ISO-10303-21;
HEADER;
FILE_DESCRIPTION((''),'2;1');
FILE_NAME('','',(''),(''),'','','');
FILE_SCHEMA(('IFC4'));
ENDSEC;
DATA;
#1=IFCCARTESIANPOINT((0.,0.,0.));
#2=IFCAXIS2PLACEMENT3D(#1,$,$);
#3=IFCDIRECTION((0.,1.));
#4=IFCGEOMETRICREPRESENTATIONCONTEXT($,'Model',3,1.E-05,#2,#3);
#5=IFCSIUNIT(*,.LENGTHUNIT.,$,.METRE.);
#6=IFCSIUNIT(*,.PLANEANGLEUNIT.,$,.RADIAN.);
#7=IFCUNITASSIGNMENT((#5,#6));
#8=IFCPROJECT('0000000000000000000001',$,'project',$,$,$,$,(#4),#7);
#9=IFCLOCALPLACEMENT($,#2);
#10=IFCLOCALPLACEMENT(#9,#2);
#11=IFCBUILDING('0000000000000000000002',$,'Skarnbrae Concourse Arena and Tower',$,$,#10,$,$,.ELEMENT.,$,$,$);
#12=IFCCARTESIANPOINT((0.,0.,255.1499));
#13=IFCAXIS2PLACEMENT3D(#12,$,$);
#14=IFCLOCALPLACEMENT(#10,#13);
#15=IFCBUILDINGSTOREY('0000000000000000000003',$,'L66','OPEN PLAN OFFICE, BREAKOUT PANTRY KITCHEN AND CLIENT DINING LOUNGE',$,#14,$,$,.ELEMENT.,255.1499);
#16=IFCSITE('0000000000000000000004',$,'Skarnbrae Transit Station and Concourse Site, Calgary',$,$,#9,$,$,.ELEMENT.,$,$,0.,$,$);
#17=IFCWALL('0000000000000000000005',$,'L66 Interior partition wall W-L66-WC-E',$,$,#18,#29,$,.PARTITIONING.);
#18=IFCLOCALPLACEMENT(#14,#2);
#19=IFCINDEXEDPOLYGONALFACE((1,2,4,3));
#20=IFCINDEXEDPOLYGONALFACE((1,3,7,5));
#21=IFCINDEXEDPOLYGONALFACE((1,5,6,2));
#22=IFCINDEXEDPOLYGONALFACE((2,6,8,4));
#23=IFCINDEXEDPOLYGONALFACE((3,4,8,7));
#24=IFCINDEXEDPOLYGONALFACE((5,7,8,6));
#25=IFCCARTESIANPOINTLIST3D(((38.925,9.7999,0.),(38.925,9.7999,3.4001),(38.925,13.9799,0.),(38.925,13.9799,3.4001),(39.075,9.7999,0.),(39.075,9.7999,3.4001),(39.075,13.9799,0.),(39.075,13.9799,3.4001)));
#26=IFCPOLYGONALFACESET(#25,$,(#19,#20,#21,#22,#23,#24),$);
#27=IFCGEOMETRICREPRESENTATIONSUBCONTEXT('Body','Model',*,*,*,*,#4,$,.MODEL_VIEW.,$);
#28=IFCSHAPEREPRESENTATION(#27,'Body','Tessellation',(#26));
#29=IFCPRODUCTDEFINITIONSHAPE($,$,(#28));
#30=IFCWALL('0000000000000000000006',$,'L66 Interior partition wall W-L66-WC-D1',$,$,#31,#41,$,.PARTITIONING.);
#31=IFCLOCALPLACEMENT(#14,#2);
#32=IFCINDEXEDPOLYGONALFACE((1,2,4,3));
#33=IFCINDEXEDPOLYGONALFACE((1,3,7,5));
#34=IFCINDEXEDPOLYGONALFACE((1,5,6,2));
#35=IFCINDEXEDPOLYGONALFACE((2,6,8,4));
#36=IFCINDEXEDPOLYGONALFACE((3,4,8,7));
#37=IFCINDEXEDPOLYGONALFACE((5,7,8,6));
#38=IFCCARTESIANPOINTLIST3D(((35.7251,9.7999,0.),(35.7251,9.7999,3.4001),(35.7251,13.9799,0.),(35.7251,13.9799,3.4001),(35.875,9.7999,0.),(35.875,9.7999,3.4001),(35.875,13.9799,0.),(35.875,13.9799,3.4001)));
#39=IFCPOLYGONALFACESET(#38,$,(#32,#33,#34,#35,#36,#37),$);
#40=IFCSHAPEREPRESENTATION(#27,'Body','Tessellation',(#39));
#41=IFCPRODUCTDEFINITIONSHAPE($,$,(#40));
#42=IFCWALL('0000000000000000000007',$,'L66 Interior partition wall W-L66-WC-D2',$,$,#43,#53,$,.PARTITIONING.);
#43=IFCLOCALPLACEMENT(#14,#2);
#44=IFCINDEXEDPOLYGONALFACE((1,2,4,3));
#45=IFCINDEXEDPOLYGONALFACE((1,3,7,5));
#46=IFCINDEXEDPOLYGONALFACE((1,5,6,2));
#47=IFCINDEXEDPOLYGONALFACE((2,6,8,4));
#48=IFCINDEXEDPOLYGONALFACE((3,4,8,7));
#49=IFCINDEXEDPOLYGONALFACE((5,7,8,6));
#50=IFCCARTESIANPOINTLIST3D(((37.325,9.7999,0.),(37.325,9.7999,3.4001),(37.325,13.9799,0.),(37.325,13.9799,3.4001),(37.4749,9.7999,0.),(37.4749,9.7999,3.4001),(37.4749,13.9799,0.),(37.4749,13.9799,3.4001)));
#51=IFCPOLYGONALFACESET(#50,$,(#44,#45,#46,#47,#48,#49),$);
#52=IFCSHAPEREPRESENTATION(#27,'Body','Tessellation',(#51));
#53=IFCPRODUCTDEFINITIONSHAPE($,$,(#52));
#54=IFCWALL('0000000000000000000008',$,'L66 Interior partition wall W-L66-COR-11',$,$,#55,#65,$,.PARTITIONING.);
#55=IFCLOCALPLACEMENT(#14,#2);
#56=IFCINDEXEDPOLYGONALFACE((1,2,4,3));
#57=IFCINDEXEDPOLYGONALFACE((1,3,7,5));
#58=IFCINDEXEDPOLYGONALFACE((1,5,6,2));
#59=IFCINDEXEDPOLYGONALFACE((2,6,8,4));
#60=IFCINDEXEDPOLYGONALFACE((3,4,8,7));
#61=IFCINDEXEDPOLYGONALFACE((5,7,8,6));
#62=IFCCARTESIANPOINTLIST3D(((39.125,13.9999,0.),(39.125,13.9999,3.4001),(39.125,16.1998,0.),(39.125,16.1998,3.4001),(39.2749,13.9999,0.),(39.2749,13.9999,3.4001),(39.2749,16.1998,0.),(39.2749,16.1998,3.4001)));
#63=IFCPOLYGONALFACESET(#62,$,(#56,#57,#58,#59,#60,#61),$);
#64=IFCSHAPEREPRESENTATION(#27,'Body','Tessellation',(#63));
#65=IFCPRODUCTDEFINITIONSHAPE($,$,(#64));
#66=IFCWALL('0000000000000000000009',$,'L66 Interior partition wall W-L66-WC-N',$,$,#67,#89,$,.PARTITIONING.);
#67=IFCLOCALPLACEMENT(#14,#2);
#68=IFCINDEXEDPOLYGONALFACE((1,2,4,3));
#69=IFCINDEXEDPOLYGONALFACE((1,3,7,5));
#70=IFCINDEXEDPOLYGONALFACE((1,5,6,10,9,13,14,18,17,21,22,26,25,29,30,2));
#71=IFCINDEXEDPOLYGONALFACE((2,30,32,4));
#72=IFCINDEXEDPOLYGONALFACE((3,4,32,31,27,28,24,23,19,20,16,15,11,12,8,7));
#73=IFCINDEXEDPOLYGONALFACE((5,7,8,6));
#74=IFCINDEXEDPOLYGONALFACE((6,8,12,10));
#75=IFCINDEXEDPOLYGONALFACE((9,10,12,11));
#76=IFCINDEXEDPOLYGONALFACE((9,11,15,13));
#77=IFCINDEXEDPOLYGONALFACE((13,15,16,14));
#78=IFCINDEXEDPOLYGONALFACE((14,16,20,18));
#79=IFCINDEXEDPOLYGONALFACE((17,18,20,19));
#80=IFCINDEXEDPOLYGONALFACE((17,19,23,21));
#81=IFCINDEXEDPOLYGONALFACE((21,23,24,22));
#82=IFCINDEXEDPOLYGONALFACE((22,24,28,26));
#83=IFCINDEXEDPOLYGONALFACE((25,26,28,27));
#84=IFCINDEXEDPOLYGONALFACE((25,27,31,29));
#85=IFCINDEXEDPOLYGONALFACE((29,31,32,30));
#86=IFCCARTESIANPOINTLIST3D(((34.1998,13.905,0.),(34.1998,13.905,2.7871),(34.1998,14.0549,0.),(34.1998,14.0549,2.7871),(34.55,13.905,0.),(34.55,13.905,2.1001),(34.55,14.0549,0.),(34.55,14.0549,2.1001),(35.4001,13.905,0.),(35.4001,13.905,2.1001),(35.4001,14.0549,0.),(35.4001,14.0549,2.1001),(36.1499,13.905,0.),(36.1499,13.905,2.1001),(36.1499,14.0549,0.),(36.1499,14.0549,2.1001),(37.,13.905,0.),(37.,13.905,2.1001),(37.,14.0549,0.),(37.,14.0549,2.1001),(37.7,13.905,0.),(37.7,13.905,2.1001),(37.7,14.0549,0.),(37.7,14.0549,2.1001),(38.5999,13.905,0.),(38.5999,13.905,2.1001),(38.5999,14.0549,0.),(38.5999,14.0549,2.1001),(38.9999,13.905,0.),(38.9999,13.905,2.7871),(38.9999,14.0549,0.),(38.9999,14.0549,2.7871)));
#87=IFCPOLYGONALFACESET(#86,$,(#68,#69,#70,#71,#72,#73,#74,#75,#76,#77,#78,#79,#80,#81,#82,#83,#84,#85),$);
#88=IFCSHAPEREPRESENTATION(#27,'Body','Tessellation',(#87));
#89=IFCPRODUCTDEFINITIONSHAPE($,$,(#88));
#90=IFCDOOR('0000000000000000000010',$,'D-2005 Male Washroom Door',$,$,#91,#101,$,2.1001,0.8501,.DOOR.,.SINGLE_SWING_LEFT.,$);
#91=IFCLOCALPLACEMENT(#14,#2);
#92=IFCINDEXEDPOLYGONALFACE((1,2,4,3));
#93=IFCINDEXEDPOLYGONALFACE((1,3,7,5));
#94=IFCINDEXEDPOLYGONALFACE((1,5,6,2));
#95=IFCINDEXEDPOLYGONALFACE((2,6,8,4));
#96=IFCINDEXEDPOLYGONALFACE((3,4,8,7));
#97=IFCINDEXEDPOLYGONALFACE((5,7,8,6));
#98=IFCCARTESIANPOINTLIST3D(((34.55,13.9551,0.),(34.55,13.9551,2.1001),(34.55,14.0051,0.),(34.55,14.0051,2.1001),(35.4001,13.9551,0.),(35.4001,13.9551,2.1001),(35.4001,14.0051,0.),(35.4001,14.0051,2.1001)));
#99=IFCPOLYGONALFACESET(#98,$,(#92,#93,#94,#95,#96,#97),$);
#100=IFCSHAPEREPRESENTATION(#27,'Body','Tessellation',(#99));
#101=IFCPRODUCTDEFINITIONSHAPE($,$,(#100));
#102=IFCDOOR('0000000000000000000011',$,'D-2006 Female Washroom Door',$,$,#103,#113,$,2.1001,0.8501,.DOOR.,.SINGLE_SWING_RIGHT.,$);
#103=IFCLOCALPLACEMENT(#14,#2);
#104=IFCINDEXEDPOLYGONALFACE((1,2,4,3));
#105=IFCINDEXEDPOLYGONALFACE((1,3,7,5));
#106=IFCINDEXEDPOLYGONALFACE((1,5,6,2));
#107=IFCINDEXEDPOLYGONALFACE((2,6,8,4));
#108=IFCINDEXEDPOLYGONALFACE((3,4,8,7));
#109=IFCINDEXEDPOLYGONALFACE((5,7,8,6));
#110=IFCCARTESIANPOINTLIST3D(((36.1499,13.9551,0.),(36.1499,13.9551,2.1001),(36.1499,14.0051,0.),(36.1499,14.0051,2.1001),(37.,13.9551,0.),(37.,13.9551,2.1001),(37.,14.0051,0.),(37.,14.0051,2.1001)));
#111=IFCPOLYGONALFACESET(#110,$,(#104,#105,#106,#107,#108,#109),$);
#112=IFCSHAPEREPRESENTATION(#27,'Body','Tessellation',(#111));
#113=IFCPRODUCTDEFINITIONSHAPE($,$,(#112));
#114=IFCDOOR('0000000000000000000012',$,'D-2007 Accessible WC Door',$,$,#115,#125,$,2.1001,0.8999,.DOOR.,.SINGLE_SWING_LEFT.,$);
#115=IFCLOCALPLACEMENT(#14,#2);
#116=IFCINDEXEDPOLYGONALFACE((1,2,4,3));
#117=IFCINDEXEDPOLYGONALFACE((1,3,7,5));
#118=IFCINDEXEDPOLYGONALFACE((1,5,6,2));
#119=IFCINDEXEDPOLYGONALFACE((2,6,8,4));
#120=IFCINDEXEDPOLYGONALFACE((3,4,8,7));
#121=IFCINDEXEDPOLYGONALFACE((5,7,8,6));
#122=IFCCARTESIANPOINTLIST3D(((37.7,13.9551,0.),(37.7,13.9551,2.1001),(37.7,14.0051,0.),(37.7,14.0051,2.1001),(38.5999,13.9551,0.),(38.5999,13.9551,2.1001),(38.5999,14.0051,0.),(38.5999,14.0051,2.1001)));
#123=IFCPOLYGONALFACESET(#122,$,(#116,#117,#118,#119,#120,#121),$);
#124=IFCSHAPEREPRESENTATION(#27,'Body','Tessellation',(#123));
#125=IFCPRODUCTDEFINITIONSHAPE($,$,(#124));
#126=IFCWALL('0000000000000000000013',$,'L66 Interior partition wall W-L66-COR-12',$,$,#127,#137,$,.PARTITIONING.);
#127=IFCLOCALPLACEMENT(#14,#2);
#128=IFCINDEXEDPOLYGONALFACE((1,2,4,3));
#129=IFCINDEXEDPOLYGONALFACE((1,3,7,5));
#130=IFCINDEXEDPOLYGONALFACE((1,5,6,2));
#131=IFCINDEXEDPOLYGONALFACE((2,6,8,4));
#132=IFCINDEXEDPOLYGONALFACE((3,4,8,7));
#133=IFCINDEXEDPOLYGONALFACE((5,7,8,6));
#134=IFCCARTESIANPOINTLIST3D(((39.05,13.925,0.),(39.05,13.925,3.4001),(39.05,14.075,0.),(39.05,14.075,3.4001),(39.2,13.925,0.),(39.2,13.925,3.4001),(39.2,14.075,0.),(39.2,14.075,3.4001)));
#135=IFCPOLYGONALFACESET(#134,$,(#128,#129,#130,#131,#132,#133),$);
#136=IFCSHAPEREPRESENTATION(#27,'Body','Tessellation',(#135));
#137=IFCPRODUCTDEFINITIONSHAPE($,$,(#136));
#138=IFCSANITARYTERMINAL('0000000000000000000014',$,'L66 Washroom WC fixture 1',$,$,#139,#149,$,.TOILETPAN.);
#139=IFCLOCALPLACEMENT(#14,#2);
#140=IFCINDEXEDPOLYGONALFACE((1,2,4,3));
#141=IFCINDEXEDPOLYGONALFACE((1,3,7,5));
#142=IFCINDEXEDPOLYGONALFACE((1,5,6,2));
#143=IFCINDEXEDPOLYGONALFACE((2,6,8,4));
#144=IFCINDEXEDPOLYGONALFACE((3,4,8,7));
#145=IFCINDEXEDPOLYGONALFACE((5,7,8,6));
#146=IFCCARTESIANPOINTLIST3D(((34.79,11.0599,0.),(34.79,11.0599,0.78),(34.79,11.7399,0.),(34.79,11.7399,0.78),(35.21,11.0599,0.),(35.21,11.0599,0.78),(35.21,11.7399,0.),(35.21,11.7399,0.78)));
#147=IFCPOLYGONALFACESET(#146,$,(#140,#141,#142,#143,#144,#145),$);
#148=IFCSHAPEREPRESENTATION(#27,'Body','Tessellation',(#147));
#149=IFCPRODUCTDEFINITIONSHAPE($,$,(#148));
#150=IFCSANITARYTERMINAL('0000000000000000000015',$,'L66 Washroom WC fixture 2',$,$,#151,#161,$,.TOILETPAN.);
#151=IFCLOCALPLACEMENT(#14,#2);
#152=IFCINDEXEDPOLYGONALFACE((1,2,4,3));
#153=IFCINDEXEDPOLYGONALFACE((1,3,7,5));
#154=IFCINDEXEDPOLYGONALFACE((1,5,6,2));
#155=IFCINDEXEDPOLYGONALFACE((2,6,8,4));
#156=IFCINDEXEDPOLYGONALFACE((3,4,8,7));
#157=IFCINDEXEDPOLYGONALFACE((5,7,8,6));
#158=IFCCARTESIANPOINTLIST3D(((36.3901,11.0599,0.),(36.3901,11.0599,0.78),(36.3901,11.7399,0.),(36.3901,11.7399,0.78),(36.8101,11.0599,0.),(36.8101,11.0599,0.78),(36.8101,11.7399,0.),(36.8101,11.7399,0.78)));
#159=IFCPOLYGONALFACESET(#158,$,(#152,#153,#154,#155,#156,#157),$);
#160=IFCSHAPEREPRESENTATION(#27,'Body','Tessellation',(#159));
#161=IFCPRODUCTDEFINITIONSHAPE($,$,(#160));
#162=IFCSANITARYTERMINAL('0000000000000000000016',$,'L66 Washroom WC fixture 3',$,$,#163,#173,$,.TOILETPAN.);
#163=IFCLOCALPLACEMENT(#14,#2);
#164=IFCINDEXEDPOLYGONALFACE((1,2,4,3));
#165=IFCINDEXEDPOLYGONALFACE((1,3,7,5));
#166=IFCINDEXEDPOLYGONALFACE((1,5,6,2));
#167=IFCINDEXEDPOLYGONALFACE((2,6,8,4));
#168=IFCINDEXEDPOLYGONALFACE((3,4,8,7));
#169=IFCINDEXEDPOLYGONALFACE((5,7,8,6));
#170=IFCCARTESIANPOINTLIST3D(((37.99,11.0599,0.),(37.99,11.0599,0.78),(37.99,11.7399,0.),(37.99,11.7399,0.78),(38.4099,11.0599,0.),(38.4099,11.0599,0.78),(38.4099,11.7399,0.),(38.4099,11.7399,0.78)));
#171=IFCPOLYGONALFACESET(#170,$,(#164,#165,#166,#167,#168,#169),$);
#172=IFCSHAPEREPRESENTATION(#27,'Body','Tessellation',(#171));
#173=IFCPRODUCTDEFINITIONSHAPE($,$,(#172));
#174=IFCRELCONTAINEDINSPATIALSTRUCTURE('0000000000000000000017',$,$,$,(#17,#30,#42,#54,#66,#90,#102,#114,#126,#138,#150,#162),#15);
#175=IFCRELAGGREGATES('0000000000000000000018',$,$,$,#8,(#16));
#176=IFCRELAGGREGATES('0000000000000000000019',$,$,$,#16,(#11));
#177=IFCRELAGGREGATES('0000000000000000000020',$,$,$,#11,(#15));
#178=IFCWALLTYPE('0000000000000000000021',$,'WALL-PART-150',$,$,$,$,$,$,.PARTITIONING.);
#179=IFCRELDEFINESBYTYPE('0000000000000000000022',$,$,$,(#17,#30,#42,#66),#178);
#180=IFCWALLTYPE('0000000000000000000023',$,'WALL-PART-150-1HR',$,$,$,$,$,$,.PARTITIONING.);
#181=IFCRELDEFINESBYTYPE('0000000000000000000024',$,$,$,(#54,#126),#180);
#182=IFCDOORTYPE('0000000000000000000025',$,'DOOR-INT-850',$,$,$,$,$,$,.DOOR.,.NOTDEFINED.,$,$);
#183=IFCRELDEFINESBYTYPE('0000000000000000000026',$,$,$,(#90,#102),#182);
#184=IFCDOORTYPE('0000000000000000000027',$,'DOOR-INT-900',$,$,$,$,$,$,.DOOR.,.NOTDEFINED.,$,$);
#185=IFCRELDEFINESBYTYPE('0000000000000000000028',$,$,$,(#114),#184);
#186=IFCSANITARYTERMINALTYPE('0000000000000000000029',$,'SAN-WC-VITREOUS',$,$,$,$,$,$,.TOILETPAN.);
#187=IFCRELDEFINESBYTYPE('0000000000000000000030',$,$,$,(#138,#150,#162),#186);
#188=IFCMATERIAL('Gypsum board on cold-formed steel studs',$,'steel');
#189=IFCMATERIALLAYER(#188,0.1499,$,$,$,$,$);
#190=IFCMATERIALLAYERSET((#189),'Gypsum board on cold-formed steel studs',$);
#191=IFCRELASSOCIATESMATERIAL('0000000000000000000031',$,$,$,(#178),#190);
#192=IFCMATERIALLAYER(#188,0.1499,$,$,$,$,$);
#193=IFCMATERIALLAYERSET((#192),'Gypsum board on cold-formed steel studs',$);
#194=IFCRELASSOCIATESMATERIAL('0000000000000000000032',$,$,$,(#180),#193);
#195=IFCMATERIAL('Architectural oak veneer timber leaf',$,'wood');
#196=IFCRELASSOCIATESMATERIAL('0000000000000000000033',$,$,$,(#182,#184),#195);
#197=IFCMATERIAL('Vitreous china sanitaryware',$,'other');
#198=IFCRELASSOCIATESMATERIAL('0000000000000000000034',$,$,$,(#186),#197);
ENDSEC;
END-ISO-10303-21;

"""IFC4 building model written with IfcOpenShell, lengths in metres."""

from ifc_helpers import new_model, si_unit, direction, frame, frame_2d, origin, origin_2d, place, context, subcontext, project, spatial, rectangle, extrude, source, transform, mapped, material, layer, layer_set, type_object, element, fill, save


model = new_model("IFC4")

# Units and contexts
model_context = context("Model", 3, precision=1e-05, world=origin(), true_north=direction((0.0, 1.0)))
body_context = subcontext(model_context, "Body", "Model", "MODEL_VIEW")
ifc_project = project(units=[si_unit("LENGTHUNIT", "METRE"), si_unit("PLANEANGLEUNIT", "RADIAN")], contexts=[model_context])

# Site, building, storey
site_placement = place(None, origin())
site = spatial("IfcSite", under=ifc_project, at=site_placement, Name="Skarnbrae Transit Station and Concourse Site, Calgary", CompositionType="ELEMENT", RefElevation=0.0)
building_placement = place(site_placement, origin())
building = spatial("IfcBuilding", under=site, at=building_placement, Name="Skarnbrae Concourse Arena and Tower", CompositionType="ELEMENT")
storey_placement = place(building_placement, frame((0.0, 0.0, 255.1499)))
storey = spatial("IfcBuildingStorey", under=building, at=storey_placement, Name="L66", Description="OPEN PLAN OFFICE, BREAKOUT PANTRY KITCHEN AND CLIENT DINING LOUNGE", CompositionType="ELEMENT", Elevation=255.1499)

# Walls
ifc_material_1 = material(Name="Gypsum board on cold-formed steel studs", Category="steel")
ifc_layer_1 = layer(ifc_material_1, 0.1499)
ifc_layer_set_1 = layer_set([ifc_layer_1], Name="Gypsum board on cold-formed steel studs")
wall_type_1 = type_object("IfcWallType", Name="WALL-PART-150", PredefinedType="PARTITIONING", material=ifc_layer_set_1)
shared_shape_1 = source(origin(), body_context, "Body", "SweptSolid", [
    extrude(rectangle(XDim=4.1799, YDim=0.1499, at=frame_2d((2.0898, 0.0))), origin(), (0.0, 0.0, 1.0), 3.4001),
])
for number, where, z_axis, x_axis, name in (
    (1, (39.0, 9.8, 0.0), (0.0, 0.0, 1.0), (0.0, 1.0, 0.0), "L66 Interior partition wall W-L66-WC-E"),
    (2, (35.8, 9.8, 0.0), (0.0, 0.0, 1.0), (0.0, 1.0, 0.0), "L66 Interior partition wall W-L66-WC-D1"),
    (3, (37.3999, 9.8, 0.0), (0.0, 0.0, 1.0), (0.0, 1.0, 0.0), "L66 Interior partition wall W-L66-WC-D2"),
):
    element("IfcWall", number, at=place(storey_placement, frame(where, z_axis=z_axis, x_axis=x_axis)), inside=storey, type_object=wall_type_1, Name=name, PredefinedType="PARTITIONING", context=body_context, shape_type="MappedRepresentation", body=[
        mapped(shared_shape_1, transform((0.0, 0.0, 0.0))),
    ])
ifc_layer_2 = layer(ifc_material_1, 0.1499)
ifc_layer_set_2 = layer_set([ifc_layer_2], Name="Gypsum board on cold-formed steel studs")
wall_type_2 = type_object("IfcWallType", Name="WALL-PART-150-1HR", PredefinedType="PARTITIONING", material=ifc_layer_set_2)
shared_shape_2 = source(origin(), body_context, "Body", "SweptSolid", [
    extrude(rectangle(XDim=2.2, YDim=0.1499, at=frame_2d((1.1001, 0.0))), origin(), (0.0, 0.0, 1.0), 3.4001),
])
wall_1_placement = place(storey_placement, frame((39.2, 16.2, 0.0), z_axis=(0.0, 0.0, 1.0), x_axis=(0.0, -1.0, 0.0)))
element("IfcWall", 4, at=wall_1_placement, inside=storey, type_object=wall_type_2, Name="L66 Interior partition wall W-L66-COR-11", PredefinedType="PARTITIONING", context=body_context, shape_type="MappedRepresentation", body=[
    mapped(shared_shape_2, transform((0.0, 0.0, 0.0))),
])

# Wall, openings, doors
shared_shape_3 = source(origin(), body_context, "Body", "SweptSolid", [
    extrude(rectangle(XDim=4.8, YDim=0.1499, at=frame_2d((2.3999, 0.0))), origin(), (0.0, 0.0, 1.0), 2.7871),
])
wall_2_placement = place(storey_placement, frame((34.2, 13.98, 0.0), z_axis=(0.0, 0.0, 1.0), x_axis=(1.0, 0.0, 0.0)))
wall_2 = element("IfcWall", 5, at=wall_2_placement, inside=storey, type_object=wall_type_1, Name="L66 Interior partition wall W-L66-WC-N", PredefinedType="PARTITIONING", context=body_context, shape_type="MappedRepresentation", body=[
    mapped(shared_shape_3, transform((0.0, 0.0, 0.0))),
])
opening_1_placement = place(wall_2_placement, frame((0.3501, 0.0, 0.0)))
opening_1 = element("IfcOpeningElement", 6, at=opening_1_placement, cuts=wall_2, PredefinedType="OPENING", context=body_context, shape_type="SweptSolid", body=[
    extrude(rectangle(XDim=0.8501, YDim=2.1001, at=frame_2d((0.425, 1.05))), frame((0.0, 0.085, 0.0), z_axis=(0.0, -1.0, 0.0), x_axis=(1.0, 0.0, 0.0)), (0.0, 0.0, 1.0), 0.1699),
])
opening_2_placement = place(wall_2_placement, frame((1.95, 0.0, 0.0)))
opening_2 = element("IfcOpeningElement", 7, at=opening_2_placement, cuts=wall_2, PredefinedType="OPENING", context=body_context, shape_type="SweptSolid", body=[
    extrude(rectangle(XDim=0.8501, YDim=2.1001, at=frame_2d((0.425, 1.05))), frame((0.0, 0.085, 0.0), z_axis=(0.0, -1.0, 0.0), x_axis=(1.0, 0.0, 0.0)), (0.0, 0.0, 1.0), 0.1699),
])
opening_3_placement = place(wall_2_placement, frame((3.5, 0.0, 0.0)))
opening_3 = element("IfcOpeningElement", 8, at=opening_3_placement, cuts=wall_2, PredefinedType="OPENING", context=body_context, shape_type="SweptSolid", body=[
    extrude(rectangle(XDim=0.8999, YDim=2.1001, at=frame_2d((0.45, 1.05))), frame((0.0, 0.085, 0.0), z_axis=(0.0, -1.0, 0.0), x_axis=(1.0, 0.0, 0.0)), (0.0, 0.0, 1.0), 0.1699),
])
ifc_material_2 = material(Name="Architectural oak veneer timber leaf", Category="wood")
door_type_1 = type_object("IfcDoorType", Name="DOOR-INT-850", OperationType="NOTDEFINED", PredefinedType="DOOR", material=ifc_material_2)
shared_shape_4 = source(origin(), body_context, "Body", "SweptSolid", [
    extrude(rectangle(XDim=0.8501, YDim=2.1001, at=frame_2d((0.425, 1.05))), frame((0.0, 0.0249, 0.0), z_axis=(0.0, -1.0, 0.0), x_axis=(1.0, 0.0, 0.0)), (0.0, 0.0, 1.0), 0.05),
])
door_1_placement = place(opening_1_placement, frame((0.8501, 0.0, 0.0), z_axis=(0.0, 0.0, 1.0), x_axis=(-1.0, 0.0, 0.0)))
door_1 = element("IfcDoor", 9, at=door_1_placement, inside=storey, type_object=door_type_1, Name="D-2005 Male Washroom Door", OperationType="SINGLE_SWING_LEFT", OverallHeight=2.1001, OverallWidth=0.8501, PredefinedType="DOOR", context=body_context, shape_type="MappedRepresentation", body=[
    mapped(shared_shape_4, transform((0.0, 0.0, 0.0))),
])
fill(opening_1, door_1)
door_2_placement = place(opening_2_placement, frame((0.8501, 0.0, 0.0), z_axis=(0.0, 0.0, 1.0), x_axis=(-1.0, 0.0, 0.0)))
door_2 = element("IfcDoor", 10, at=door_2_placement, inside=storey, type_object=door_type_1, Name="D-2006 Female Washroom Door", OperationType="SINGLE_SWING_RIGHT", OverallHeight=2.1001, OverallWidth=0.8501, PredefinedType="DOOR", context=body_context, shape_type="MappedRepresentation", body=[
    mapped(shared_shape_4, transform((0.0, 0.0, 0.0))),
])
fill(opening_2, door_2)
door_type_2 = type_object("IfcDoorType", Name="DOOR-INT-900", OperationType="NOTDEFINED", PredefinedType="DOOR", material=ifc_material_2)
shared_shape_5 = source(origin(), body_context, "Body", "SweptSolid", [
    extrude(rectangle(XDim=0.8999, YDim=2.1001, at=frame_2d((0.45, 1.05))), frame((0.0, 0.0249, 0.0), z_axis=(0.0, -1.0, 0.0), x_axis=(1.0, 0.0, 0.0)), (0.0, 0.0, 1.0), 0.05),
])
door_3_placement = place(opening_3_placement, frame((0.8999, 0.0, 0.0), z_axis=(0.0, 0.0, 1.0), x_axis=(-1.0, 0.0, 0.0)))
door_3 = element("IfcDoor", 11, at=door_3_placement, inside=storey, type_object=door_type_2, Name="D-2007 Accessible WC Door", OperationType="SINGLE_SWING_LEFT", OverallHeight=2.1001, OverallWidth=0.8999, PredefinedType="DOOR", context=body_context, shape_type="MappedRepresentation", body=[
    mapped(shared_shape_5, transform((0.0, 0.0, 0.0))),
])
fill(opening_3, door_3)

# Wall
shared_shape_6 = source(origin(), body_context, "Body", "SweptSolid", [
    extrude(rectangle(XDim=0.1499, YDim=0.1499, at=frame_2d((0.075, 0.0))), origin(), (0.0, 0.0, 1.0), 3.4001),
])
wall_3_placement = place(storey_placement, frame((39.2, 14.0, 0.0), z_axis=(0.0, 0.0, 1.0), x_axis=(-1.0, 0.0, 0.0)))
element("IfcWall", 12, at=wall_3_placement, inside=storey, type_object=wall_type_2, Name="L66 Interior partition wall W-L66-COR-12", PredefinedType="PARTITIONING", context=body_context, shape_type="MappedRepresentation", body=[
    mapped(shared_shape_6, transform((0.0, 0.0, 0.0))),
])

# Sanitary terminals
ifc_material_3 = material(Name="Vitreous china sanitaryware", Category="other")
sanitary_terminal_type = type_object("IfcSanitaryTerminalType", Name="SAN-WC-VITREOUS", PredefinedType="TOILETPAN", material=ifc_material_3)
shared_shape_7 = source(origin(), body_context, "Body", "SweptSolid", [
    extrude(rectangle(XDim=0.4199, YDim=0.6799, at=origin_2d()), origin(), (0.0, 0.0, 1.0), 0.78),
])
for number, where, z_axis, x_axis, name in (
    (13, (35.0, 11.3999, 0.0), (0.0, 0.0, 1.0), (1.0, 0.0, 0.0), "L66 Washroom WC fixture 1"),
    (14, (36.6001, 11.3999, 0.0), (0.0, 0.0, 1.0), (1.0, 0.0, 0.0), "L66 Washroom WC fixture 2"),
    (15, (38.2, 11.3999, 0.0), (0.0, 0.0, 1.0), (1.0, 0.0, 0.0), "L66 Washroom WC fixture 3"),
):
    element("IfcSanitaryTerminal", number, at=place(storey_placement, frame(where, z_axis=z_axis, x_axis=x_axis)), inside=storey, type_object=sanitary_terminal_type, Name=name, PredefinedType="TOILETPAN", context=body_context, shape_type="MappedRepresentation", body=[
        mapped(shared_shape_7, transform((0.0, 0.0, 0.0))),
    ])

save(model, "model.ifc")
